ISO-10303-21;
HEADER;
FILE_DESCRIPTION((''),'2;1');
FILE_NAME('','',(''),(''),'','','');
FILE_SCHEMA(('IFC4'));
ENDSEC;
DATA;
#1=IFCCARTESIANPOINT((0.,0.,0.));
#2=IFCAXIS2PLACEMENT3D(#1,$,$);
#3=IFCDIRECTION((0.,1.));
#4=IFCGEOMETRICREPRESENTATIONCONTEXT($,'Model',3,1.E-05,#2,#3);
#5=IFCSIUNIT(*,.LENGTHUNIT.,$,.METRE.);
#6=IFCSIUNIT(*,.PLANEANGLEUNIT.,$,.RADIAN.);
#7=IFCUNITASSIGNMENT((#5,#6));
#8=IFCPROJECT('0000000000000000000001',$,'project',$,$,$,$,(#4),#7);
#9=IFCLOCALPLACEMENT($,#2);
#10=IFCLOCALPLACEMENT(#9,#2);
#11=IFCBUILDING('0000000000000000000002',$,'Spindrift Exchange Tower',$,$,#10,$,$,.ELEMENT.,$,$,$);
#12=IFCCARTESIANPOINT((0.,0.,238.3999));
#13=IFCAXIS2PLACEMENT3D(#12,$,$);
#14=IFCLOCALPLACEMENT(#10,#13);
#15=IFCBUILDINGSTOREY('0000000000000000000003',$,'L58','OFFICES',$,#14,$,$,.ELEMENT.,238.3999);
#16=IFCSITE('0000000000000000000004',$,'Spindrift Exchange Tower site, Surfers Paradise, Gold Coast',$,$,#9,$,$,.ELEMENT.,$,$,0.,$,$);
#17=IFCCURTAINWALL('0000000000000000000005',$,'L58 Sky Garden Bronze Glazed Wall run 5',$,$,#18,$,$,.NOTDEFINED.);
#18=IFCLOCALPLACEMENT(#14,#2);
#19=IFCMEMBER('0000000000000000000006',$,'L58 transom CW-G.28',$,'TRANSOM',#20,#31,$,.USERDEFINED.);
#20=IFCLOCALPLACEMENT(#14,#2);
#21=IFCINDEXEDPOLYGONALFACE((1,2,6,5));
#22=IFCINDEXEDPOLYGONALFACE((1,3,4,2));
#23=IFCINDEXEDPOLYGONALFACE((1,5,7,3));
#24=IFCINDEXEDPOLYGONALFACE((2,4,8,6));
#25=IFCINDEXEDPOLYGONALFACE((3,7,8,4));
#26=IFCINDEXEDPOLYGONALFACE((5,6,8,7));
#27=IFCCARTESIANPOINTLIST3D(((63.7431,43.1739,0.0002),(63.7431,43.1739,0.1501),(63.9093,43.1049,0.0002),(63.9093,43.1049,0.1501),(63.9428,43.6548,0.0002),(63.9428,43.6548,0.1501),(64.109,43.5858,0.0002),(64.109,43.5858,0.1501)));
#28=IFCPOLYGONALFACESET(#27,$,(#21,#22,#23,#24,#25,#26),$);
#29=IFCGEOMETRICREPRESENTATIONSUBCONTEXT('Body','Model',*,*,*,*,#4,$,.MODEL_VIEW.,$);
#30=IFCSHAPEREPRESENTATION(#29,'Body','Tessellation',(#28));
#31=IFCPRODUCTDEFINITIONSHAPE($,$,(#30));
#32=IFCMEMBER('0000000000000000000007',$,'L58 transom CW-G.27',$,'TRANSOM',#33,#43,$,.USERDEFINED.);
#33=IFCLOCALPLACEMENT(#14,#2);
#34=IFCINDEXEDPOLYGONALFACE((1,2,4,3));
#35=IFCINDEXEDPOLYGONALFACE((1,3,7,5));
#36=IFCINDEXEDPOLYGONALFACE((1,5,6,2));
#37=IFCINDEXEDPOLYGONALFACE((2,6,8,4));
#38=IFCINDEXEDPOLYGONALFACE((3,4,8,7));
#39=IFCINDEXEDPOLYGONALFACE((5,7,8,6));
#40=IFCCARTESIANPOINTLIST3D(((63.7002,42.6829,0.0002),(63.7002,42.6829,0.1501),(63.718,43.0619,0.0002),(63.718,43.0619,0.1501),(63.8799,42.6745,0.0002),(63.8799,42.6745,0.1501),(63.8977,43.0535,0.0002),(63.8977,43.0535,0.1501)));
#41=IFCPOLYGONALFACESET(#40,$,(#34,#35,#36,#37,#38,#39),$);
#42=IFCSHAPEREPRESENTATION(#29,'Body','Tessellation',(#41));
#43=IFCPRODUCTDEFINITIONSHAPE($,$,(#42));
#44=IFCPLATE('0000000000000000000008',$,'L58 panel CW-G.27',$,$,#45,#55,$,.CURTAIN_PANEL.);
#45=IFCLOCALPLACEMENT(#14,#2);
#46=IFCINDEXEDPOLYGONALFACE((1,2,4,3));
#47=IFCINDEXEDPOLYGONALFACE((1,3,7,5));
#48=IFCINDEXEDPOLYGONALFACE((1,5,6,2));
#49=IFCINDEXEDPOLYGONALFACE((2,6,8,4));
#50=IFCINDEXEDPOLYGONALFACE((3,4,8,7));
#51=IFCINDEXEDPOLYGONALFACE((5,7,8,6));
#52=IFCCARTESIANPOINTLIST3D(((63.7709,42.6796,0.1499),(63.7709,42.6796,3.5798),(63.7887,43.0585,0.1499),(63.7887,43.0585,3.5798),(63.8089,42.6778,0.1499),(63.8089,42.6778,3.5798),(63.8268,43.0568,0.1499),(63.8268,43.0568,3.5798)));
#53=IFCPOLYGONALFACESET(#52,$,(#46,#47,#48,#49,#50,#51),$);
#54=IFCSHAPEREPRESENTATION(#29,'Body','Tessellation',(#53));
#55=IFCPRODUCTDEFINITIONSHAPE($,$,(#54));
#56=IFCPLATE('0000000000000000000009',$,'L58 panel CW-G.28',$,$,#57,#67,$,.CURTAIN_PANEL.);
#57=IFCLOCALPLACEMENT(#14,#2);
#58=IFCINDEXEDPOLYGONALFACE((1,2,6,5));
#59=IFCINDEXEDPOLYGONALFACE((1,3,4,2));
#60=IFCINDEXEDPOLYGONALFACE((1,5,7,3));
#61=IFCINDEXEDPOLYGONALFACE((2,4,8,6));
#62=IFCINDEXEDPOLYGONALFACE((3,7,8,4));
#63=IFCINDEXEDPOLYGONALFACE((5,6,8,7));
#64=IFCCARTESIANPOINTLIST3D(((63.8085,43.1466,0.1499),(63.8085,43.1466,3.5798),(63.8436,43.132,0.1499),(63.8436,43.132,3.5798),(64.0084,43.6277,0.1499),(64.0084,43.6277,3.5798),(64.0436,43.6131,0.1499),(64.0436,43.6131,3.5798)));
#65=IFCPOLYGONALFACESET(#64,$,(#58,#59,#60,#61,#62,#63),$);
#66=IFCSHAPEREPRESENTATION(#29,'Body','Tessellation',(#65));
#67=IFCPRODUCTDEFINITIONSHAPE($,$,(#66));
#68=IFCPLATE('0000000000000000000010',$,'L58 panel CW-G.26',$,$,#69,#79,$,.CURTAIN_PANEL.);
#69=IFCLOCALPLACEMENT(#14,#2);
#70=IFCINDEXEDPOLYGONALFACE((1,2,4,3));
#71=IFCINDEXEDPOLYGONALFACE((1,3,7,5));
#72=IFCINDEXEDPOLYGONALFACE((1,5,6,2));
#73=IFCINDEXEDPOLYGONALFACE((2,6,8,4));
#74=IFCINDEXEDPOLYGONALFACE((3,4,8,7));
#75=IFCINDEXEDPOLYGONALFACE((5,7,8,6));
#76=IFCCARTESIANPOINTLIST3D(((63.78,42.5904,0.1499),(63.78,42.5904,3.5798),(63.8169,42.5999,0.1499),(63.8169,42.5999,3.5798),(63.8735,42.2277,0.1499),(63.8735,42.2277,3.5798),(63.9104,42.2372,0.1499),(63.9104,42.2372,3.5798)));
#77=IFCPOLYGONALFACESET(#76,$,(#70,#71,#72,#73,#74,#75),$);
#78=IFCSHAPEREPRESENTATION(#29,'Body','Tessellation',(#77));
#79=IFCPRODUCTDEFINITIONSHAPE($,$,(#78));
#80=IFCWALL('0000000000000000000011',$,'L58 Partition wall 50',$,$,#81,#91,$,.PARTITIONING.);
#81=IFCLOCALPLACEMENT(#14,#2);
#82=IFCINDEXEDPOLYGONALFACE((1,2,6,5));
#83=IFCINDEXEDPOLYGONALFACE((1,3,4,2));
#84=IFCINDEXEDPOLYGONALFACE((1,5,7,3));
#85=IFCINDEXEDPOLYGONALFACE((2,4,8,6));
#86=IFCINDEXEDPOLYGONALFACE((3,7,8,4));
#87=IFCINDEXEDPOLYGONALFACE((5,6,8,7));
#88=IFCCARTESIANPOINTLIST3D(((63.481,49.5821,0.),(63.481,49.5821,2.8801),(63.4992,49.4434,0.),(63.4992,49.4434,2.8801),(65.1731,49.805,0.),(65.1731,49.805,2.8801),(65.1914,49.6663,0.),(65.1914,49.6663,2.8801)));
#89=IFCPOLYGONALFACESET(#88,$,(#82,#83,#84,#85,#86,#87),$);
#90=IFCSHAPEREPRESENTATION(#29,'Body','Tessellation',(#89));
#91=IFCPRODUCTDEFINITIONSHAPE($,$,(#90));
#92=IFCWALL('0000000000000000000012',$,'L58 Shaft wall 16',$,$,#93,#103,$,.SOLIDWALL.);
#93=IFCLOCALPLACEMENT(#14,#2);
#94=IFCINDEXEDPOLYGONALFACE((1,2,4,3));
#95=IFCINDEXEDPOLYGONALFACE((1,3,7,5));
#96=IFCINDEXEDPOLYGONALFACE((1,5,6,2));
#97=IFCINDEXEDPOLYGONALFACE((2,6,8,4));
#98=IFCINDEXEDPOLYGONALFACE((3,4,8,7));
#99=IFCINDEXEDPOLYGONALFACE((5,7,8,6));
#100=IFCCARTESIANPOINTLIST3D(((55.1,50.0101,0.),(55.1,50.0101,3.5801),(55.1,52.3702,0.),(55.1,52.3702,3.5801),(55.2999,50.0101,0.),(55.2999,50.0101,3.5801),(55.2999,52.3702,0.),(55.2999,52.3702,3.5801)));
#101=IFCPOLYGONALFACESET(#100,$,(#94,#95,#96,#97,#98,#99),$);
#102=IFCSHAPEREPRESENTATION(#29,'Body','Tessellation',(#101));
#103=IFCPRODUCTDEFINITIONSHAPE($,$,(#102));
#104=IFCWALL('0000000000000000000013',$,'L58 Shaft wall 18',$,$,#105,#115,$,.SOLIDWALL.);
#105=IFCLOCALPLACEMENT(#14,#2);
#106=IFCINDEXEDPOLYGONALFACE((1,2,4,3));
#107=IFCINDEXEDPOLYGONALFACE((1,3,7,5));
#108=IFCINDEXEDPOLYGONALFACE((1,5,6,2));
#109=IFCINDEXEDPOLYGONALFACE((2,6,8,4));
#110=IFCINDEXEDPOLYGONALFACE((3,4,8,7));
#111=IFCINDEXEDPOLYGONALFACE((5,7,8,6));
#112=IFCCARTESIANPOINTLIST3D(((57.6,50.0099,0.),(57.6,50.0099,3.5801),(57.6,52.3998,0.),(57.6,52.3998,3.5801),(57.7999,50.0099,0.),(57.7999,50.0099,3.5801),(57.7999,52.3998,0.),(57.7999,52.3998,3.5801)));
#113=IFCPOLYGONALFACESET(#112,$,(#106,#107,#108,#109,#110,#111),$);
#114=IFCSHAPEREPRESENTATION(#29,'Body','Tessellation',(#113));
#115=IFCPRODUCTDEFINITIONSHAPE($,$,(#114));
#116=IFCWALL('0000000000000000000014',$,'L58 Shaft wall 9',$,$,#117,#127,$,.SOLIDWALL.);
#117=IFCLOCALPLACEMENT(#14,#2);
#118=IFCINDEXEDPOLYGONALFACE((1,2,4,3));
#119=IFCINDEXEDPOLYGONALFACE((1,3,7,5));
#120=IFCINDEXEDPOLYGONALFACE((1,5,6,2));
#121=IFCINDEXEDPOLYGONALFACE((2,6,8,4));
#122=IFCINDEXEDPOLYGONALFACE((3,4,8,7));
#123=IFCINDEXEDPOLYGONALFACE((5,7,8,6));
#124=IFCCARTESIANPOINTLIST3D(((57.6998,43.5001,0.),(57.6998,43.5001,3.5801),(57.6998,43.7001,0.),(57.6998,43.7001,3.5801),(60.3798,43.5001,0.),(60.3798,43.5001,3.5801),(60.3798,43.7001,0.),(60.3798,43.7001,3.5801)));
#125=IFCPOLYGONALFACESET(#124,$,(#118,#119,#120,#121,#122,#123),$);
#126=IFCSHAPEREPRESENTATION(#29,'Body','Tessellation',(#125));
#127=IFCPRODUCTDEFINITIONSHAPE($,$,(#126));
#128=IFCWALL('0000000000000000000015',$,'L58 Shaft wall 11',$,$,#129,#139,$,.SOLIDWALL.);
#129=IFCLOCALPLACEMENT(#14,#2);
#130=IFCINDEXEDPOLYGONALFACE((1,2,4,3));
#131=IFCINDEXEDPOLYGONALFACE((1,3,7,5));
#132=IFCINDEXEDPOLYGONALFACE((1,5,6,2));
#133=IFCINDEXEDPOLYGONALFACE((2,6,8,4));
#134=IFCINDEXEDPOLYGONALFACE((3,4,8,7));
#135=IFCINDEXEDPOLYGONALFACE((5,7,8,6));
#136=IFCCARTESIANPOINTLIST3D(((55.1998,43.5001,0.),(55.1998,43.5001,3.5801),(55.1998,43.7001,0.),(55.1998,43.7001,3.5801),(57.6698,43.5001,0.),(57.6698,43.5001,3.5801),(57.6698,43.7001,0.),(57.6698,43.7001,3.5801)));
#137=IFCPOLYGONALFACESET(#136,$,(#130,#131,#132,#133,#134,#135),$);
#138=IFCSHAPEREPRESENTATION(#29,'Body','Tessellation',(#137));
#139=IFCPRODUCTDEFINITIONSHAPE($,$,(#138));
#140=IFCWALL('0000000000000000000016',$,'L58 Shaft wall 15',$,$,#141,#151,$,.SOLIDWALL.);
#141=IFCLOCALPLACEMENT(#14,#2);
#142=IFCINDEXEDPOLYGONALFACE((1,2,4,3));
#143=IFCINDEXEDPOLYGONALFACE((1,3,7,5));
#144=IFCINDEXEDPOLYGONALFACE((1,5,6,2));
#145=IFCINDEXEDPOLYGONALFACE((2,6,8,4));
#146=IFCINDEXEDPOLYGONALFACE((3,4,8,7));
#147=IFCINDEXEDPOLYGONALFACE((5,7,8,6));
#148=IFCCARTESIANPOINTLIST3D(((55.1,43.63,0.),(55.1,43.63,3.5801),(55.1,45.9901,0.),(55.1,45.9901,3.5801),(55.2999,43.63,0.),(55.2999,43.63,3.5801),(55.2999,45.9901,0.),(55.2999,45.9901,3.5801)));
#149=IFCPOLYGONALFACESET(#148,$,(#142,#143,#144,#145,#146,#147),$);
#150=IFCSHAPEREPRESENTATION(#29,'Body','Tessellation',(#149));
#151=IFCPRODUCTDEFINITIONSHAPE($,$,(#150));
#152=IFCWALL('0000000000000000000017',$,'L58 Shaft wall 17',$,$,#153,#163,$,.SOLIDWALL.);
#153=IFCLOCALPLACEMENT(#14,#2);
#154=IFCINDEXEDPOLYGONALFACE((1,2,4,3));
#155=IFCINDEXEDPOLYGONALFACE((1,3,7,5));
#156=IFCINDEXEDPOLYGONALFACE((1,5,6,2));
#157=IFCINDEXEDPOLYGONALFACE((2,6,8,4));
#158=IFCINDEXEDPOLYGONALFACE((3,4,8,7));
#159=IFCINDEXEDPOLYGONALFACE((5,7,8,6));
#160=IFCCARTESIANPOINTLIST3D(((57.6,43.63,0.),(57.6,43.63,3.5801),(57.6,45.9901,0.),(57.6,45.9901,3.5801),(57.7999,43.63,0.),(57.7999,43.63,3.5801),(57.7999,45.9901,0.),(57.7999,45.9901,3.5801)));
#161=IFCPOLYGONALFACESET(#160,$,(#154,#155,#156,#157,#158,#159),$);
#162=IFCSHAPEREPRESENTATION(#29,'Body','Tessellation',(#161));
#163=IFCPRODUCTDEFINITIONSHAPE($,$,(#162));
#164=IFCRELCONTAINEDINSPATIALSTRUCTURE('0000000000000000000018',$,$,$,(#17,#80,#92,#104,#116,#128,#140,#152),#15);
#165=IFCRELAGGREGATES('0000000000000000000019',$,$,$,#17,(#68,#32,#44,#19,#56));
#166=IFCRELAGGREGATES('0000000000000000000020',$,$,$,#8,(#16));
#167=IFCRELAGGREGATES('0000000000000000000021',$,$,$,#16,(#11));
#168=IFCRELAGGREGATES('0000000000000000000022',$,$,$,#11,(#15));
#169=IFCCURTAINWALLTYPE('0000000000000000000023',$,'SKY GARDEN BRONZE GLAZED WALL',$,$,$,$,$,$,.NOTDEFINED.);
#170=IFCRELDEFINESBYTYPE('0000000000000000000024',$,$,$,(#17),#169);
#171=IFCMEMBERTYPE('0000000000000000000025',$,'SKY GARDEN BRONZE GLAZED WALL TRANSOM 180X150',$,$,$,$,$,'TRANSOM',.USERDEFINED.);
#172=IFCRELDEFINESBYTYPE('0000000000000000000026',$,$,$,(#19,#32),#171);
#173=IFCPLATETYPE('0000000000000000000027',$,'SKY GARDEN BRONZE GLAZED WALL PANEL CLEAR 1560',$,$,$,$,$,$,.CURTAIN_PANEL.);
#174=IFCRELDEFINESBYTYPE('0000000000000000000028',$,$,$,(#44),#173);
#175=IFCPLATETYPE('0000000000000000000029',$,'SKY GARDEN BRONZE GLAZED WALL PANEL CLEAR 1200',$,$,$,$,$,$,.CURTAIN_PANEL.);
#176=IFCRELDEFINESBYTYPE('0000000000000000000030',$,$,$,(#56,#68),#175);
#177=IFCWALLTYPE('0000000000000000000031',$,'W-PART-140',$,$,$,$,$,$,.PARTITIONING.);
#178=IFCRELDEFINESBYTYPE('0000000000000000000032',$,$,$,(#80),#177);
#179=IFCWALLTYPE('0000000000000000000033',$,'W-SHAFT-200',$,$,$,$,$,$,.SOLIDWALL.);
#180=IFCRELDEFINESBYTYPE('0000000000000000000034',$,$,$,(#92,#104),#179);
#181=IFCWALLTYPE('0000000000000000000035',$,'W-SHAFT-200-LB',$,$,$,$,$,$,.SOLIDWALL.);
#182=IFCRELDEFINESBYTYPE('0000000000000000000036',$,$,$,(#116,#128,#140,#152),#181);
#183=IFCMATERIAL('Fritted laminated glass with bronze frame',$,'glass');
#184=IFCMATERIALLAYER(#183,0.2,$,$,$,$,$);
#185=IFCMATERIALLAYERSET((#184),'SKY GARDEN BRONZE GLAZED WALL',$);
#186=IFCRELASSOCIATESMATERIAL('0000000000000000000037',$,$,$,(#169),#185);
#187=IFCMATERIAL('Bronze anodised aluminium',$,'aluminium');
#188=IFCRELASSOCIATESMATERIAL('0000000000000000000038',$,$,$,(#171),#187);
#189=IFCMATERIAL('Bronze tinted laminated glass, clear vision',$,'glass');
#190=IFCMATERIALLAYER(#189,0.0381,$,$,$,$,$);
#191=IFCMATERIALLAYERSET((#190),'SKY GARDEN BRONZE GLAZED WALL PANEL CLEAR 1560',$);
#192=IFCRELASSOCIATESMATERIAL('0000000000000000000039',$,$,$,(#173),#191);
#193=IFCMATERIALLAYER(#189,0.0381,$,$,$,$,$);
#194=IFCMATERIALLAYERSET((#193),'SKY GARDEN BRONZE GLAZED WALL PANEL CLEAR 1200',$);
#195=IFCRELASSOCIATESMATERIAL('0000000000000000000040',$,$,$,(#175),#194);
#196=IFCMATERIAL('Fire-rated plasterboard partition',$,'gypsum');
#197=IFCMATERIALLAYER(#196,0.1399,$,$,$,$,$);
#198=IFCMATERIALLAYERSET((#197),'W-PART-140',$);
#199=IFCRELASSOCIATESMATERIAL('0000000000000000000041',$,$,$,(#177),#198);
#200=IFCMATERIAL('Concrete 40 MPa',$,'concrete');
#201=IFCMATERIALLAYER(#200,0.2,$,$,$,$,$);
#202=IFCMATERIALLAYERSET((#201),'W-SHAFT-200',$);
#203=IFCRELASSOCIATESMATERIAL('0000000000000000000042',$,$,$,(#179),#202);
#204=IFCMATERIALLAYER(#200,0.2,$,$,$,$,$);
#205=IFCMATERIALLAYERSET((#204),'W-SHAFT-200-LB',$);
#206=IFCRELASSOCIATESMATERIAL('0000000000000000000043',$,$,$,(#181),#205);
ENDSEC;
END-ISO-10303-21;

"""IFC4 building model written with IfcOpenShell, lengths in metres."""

from ifc_helpers import new_model, si_unit, direction, frame, frame_2d, origin, origin_2d, place, context, subcontext, project, spatial, rectangle, extrude, source, transform, mapped, material, layer, layer_set, material_profile, profile_set, type_object, element, aggregate, save


model = new_model("IFC4")

# Units and contexts
model_context = context("Model", 3, precision=1e-05, world=origin(), true_north=direction((0.0, 1.0)))
body_context = subcontext(model_context, "Body", "Model", "MODEL_VIEW")
ifc_project = project(units=[si_unit("LENGTHUNIT", "METRE"), si_unit("PLANEANGLEUNIT", "RADIAN")], contexts=[model_context])

# Site, building, storey
site_placement = place(None, origin())
site = spatial("IfcSite", under=ifc_project, at=site_placement, Name="Spindrift Exchange Tower site, Surfers Paradise, Gold Coast", CompositionType="ELEMENT", RefElevation=0.0)
building_placement = place(site_placement, origin())
building = spatial("IfcBuilding", under=site, at=building_placement, Name="Spindrift Exchange Tower", CompositionType="ELEMENT")
storey_placement = place(building_placement, frame((0.0, 0.0, 238.3999)))
storey = spatial("IfcBuildingStorey", under=building, at=storey_placement, Name="L58", Description="OFFICES", CompositionType="ELEMENT", Elevation=238.3999)

# Curtain wall
ifc_material_1 = material(Name="Fritted laminated glass with bronze frame", Category="glass")
ifc_layer_1 = layer(ifc_material_1, 0.2)
ifc_layer_set_1 = layer_set([ifc_layer_1], Name="SKY GARDEN BRONZE GLAZED WALL")
curtain_wall_type = type_object("IfcCurtainWallType", Name="SKY GARDEN BRONZE GLAZED WALL", PredefinedType="NOTDEFINED", material=ifc_layer_set_1)
curtain_wall_1_placement = place(storey_placement, origin())
curtain_wall_1 = element("IfcCurtainWall", 1, at=curtain_wall_1_placement, inside=storey, type_object=curtain_wall_type, Name="L58 Sky Garden Bronze Glazed Wall run 5", PredefinedType="NOTDEFINED")
ifc_material_2 = material(Name="Bronze anodised aluminium", Category="aluminium")

# Members
ifc_material_profile_1 = material_profile(ifc_material_2, rectangle(XDim=0.1799, YDim=0.1499, at=origin_2d()), Name="SKY GARDEN BRONZE GLAZED WALL TRANSOM 180X150")
ifc_profile_set_1 = profile_set([ifc_material_profile_1], Name="Bronze anodised aluminium")
member_type_1 = type_object("IfcMemberType", Name="SKY GARDEN BRONZE GLAZED WALL TRANSOM 180X150", ElementType="TRANSOM", PredefinedType="USERDEFINED", material=ifc_profile_set_1)
shared_shape_1 = source(origin(), body_context, "Body", "SweptSolid", [
    extrude(rectangle(XDim=0.1799, YDim=0.1499, at=origin_2d()), origin(), (0.0, 0.0, 1.0), 0.5208),
])
member_1_placement = place(storey_placement, frame((63.8262, 43.1394, 0.0752), z_axis=(0.383483, 0.923548, 0.0), x_axis=(-0.923548, 0.383483, 0.0)))
member_1 = element("IfcMember", 2, at=member_1_placement, type_object=member_type_1, Name="L58 transom CW-G.28", ObjectType="TRANSOM", PredefinedType="USERDEFINED", context=body_context, shape_type="MappedRepresentation", body=[
    mapped(shared_shape_1, transform((0.0, 0.0, 0.0), scale=1.0)),
])
shared_shape_2 = source(origin(), body_context, "Body", "SweptSolid", [
    extrude(rectangle(XDim=0.1799, YDim=0.1499, at=origin_2d()), origin(), (0.0, 0.0, 1.0), 0.3794),
])
member_2_placement = place(storey_placement, frame((63.79, 42.6787, 0.0752), z_axis=(0.046984, 0.998896, 0.0), x_axis=(-0.998896, 0.046984, 0.0)))
member_2 = element("IfcMember", 3, at=member_2_placement, type_object=member_type_1, Name="L58 transom CW-G.27", ObjectType="TRANSOM", PredefinedType="USERDEFINED", context=body_context, shape_type="MappedRepresentation", body=[
    mapped(shared_shape_2, transform((0.0, 0.0, 0.0), scale=1.0)),
])

# Plates
ifc_material_3 = material(Name="Bronze tinted laminated glass, clear vision", Category="glass")
ifc_layer_2 = layer(ifc_material_3, 0.0381)
ifc_layer_set_2 = layer_set([ifc_layer_2], Name="SKY GARDEN BRONZE GLAZED WALL PANEL CLEAR 1560")
plate_type_1 = type_object("IfcPlateType", Name="SKY GARDEN BRONZE GLAZED WALL PANEL CLEAR 1560", PredefinedType="CURTAIN_PANEL", material=ifc_layer_set_2)
shared_shape_3 = source(origin(), body_context, "Body", "SweptSolid", [
    extrude(rectangle(XDim=0.3794, YDim=0.0381, at=origin_2d()), origin(), (0.0, 0.0, 1.0), 3.4299),
])
plate_1_placement = place(storey_placement, frame((63.7988, 42.8682, 0.1499), z_axis=(0.0, 0.0, 1.0), x_axis=(0.046951, 0.998897, 0.0)))
plate_1 = element("IfcPlate", 4, at=plate_1_placement, type_object=plate_type_1, Name="L58 panel CW-G.27", PredefinedType="CURTAIN_PANEL", context=body_context, shape_type="MappedRepresentation", body=[
    mapped(shared_shape_3, transform((0.0, 0.0, 0.0), scale=1.0)),
])
ifc_layer_3 = layer(ifc_material_3, 0.0381)
ifc_layer_set_3 = layer_set([ifc_layer_3], Name="SKY GARDEN BRONZE GLAZED WALL PANEL CLEAR 1200")
plate_type_2 = type_object("IfcPlateType", Name="SKY GARDEN BRONZE GLAZED WALL PANEL CLEAR 1200", PredefinedType="CURTAIN_PANEL", material=ifc_layer_set_3)
shared_shape_4 = source(origin(), body_context, "Body", "SweptSolid", [
    extrude(rectangle(XDim=0.521, YDim=0.0381, at=origin_2d()), origin(), (0.0, 0.0, 1.0), 3.4299),
])
plate_2_placement = place(storey_placement, frame((63.926, 43.3799, 0.1499), z_axis=(0.0, 0.0, 1.0), x_axis=(0.383736, 0.923443, 0.0)))
plate_2 = element("IfcPlate", 5, at=plate_2_placement, type_object=plate_type_2, Name="L58 panel CW-G.28", PredefinedType="CURTAIN_PANEL", context=body_context, shape_type="MappedRepresentation", body=[
    mapped(shared_shape_4, transform((0.0, 0.0, 0.0), scale=1.0)),
])
shared_shape_5 = source(origin(), body_context, "Body", "SweptSolid", [
    extrude(rectangle(XDim=0.3745, YDim=0.0381, at=origin_2d()), origin(), (0.0, 0.0, 1.0), 3.4299),
])
plate_3_placement = place(storey_placement, frame((63.8452, 42.4138, 0.1499), z_axis=(0.0, 0.0, 1.0), x_axis=(-0.249648, 0.968337, 0.0)))
plate_3 = element("IfcPlate", 6, at=plate_3_placement, type_object=plate_type_2, Name="L58 panel CW-G.26", PredefinedType="CURTAIN_PANEL", context=body_context, shape_type="MappedRepresentation", body=[
    mapped(shared_shape_5, transform((0.0, 0.0, 0.0), scale=1.0)),
])
aggregate(curtain_wall_1, [plate_3, member_2, plate_1, member_1, plate_2])

# Walls
ifc_material_4 = material(Name="Fire-rated plasterboard partition", Category="gypsum")
ifc_layer_4 = layer(ifc_material_4, 0.1399)
ifc_layer_set_4 = layer_set([ifc_layer_4], Name="W-PART-140")
wall_type_1 = type_object("IfcWallType", Name="W-PART-140", PredefinedType="PARTITIONING", material=ifc_layer_set_4)
wall_1_placement = place(storey_placement, frame((63.49, 49.5127, 0.0), z_axis=(0.0, 0.0, 1.0), x_axis=(0.991435, 0.130599, 0.0)))
element("IfcWall", 7, at=wall_1_placement, inside=storey, type_object=wall_type_1, Name="L58 Partition wall 50", PredefinedType="PARTITIONING", context=body_context, shape_type="SweptSolid", body=[
    extrude(rectangle(XDim=1.7068, YDim=0.1399, at=frame_2d((0.8535, 0.0))), origin(), (0.0, 0.0, 1.0), 2.8801),
])
ifc_material_5 = material(Name="Concrete 40 MPa", Category="concrete")
ifc_layer_5 = layer(ifc_material_5, 0.2)
ifc_layer_set_5 = layer_set([ifc_layer_5], Name="W-SHAFT-200")
wall_type_2 = type_object("IfcWallType", Name="W-SHAFT-200", PredefinedType="SOLIDWALL", material=ifc_layer_set_5)
wall_2_placement = place(storey_placement, frame((55.2, 50.01, 0.0), z_axis=(0.0, 0.0, 1.0), x_axis=(0.0, 1.0, 0.0)))
element("IfcWall", 8, at=wall_2_placement, inside=storey, type_object=wall_type_2, Name="L58 Shaft wall 16", PredefinedType="SOLIDWALL", context=body_context, shape_type="SweptSolid", body=[
    extrude(rectangle(XDim=2.3601, YDim=0.2, at=frame_2d((1.1802, 0.0))), origin(), (0.0, 0.0, 1.0), 3.5801),
])
wall_3_placement = place(storey_placement, frame((57.7, 50.01, 0.0), z_axis=(0.0, 0.0, 1.0), x_axis=(0.0, 1.0, 0.0)))
element("IfcWall", 9, at=wall_3_placement, inside=storey, type_object=wall_type_2, Name="L58 Shaft wall 18", PredefinedType="SOLIDWALL", context=body_context, shape_type="SweptSolid", body=[
    extrude(rectangle(XDim=2.3899, YDim=0.2, at=frame_2d((1.1948, 0.0))), origin(), (0.0, 0.0, 1.0), 3.5801),
])
ifc_layer_6 = layer(ifc_material_5, 0.2)
ifc_layer_set_6 = layer_set([ifc_layer_6], Name="W-SHAFT-200-LB")
wall_type_3 = type_object("IfcWallType", Name="W-SHAFT-200-LB", PredefinedType="SOLIDWALL", material=ifc_layer_set_6)
wall_4_placement = place(storey_placement, frame((57.7, 43.6001, 0.0), z_axis=(0.0, 0.0, 1.0), x_axis=(1.0, 0.0, 0.0)))
element("IfcWall", 10, at=wall_4_placement, inside=storey, type_object=wall_type_3, Name="L58 Shaft wall 9", PredefinedType="SOLIDWALL", context=body_context, shape_type="SweptSolid", body=[
    extrude(rectangle(XDim=2.6799, YDim=0.2, at=frame_2d((1.3398, 0.0))), origin(), (0.0, 0.0, 1.0), 3.5801),
])
wall_5_placement = place(storey_placement, frame((55.2, 43.6001, 0.0), z_axis=(0.0, 0.0, 1.0), x_axis=(1.0, 0.0, 0.0)))
element("IfcWall", 11, at=wall_5_placement, inside=storey, type_object=wall_type_3, Name="L58 Shaft wall 11", PredefinedType="SOLIDWALL", context=body_context, shape_type="SweptSolid", body=[
    extrude(rectangle(XDim=2.47, YDim=0.2, at=frame_2d((1.2349, 0.0))), origin(), (0.0, 0.0, 1.0), 3.5801),
])
for number, where, z_axis, x_axis, name in (
    (12, (55.2, 43.6299, 0.0), (0.0, 0.0, 1.0), (0.0, 1.0, 0.0), "L58 Shaft wall 15"),
    (13, (57.7, 43.6299, 0.0), (0.0, 0.0, 1.0), (0.0, 1.0, 0.0), "L58 Shaft wall 17"),
):
    element("IfcWall", number, at=place(storey_placement, frame(where, z_axis=z_axis, x_axis=x_axis)), inside=storey, type_object=wall_type_3, Name=name, PredefinedType="SOLIDWALL", context=body_context, shape_type="SweptSolid", body=[
        extrude(rectangle(XDim=2.3601, YDim=0.2, at=frame_2d((1.1802, 0.0))), origin(), (0.0, 0.0, 1.0), 3.5801),
    ])

save(model, "model.ifc")
